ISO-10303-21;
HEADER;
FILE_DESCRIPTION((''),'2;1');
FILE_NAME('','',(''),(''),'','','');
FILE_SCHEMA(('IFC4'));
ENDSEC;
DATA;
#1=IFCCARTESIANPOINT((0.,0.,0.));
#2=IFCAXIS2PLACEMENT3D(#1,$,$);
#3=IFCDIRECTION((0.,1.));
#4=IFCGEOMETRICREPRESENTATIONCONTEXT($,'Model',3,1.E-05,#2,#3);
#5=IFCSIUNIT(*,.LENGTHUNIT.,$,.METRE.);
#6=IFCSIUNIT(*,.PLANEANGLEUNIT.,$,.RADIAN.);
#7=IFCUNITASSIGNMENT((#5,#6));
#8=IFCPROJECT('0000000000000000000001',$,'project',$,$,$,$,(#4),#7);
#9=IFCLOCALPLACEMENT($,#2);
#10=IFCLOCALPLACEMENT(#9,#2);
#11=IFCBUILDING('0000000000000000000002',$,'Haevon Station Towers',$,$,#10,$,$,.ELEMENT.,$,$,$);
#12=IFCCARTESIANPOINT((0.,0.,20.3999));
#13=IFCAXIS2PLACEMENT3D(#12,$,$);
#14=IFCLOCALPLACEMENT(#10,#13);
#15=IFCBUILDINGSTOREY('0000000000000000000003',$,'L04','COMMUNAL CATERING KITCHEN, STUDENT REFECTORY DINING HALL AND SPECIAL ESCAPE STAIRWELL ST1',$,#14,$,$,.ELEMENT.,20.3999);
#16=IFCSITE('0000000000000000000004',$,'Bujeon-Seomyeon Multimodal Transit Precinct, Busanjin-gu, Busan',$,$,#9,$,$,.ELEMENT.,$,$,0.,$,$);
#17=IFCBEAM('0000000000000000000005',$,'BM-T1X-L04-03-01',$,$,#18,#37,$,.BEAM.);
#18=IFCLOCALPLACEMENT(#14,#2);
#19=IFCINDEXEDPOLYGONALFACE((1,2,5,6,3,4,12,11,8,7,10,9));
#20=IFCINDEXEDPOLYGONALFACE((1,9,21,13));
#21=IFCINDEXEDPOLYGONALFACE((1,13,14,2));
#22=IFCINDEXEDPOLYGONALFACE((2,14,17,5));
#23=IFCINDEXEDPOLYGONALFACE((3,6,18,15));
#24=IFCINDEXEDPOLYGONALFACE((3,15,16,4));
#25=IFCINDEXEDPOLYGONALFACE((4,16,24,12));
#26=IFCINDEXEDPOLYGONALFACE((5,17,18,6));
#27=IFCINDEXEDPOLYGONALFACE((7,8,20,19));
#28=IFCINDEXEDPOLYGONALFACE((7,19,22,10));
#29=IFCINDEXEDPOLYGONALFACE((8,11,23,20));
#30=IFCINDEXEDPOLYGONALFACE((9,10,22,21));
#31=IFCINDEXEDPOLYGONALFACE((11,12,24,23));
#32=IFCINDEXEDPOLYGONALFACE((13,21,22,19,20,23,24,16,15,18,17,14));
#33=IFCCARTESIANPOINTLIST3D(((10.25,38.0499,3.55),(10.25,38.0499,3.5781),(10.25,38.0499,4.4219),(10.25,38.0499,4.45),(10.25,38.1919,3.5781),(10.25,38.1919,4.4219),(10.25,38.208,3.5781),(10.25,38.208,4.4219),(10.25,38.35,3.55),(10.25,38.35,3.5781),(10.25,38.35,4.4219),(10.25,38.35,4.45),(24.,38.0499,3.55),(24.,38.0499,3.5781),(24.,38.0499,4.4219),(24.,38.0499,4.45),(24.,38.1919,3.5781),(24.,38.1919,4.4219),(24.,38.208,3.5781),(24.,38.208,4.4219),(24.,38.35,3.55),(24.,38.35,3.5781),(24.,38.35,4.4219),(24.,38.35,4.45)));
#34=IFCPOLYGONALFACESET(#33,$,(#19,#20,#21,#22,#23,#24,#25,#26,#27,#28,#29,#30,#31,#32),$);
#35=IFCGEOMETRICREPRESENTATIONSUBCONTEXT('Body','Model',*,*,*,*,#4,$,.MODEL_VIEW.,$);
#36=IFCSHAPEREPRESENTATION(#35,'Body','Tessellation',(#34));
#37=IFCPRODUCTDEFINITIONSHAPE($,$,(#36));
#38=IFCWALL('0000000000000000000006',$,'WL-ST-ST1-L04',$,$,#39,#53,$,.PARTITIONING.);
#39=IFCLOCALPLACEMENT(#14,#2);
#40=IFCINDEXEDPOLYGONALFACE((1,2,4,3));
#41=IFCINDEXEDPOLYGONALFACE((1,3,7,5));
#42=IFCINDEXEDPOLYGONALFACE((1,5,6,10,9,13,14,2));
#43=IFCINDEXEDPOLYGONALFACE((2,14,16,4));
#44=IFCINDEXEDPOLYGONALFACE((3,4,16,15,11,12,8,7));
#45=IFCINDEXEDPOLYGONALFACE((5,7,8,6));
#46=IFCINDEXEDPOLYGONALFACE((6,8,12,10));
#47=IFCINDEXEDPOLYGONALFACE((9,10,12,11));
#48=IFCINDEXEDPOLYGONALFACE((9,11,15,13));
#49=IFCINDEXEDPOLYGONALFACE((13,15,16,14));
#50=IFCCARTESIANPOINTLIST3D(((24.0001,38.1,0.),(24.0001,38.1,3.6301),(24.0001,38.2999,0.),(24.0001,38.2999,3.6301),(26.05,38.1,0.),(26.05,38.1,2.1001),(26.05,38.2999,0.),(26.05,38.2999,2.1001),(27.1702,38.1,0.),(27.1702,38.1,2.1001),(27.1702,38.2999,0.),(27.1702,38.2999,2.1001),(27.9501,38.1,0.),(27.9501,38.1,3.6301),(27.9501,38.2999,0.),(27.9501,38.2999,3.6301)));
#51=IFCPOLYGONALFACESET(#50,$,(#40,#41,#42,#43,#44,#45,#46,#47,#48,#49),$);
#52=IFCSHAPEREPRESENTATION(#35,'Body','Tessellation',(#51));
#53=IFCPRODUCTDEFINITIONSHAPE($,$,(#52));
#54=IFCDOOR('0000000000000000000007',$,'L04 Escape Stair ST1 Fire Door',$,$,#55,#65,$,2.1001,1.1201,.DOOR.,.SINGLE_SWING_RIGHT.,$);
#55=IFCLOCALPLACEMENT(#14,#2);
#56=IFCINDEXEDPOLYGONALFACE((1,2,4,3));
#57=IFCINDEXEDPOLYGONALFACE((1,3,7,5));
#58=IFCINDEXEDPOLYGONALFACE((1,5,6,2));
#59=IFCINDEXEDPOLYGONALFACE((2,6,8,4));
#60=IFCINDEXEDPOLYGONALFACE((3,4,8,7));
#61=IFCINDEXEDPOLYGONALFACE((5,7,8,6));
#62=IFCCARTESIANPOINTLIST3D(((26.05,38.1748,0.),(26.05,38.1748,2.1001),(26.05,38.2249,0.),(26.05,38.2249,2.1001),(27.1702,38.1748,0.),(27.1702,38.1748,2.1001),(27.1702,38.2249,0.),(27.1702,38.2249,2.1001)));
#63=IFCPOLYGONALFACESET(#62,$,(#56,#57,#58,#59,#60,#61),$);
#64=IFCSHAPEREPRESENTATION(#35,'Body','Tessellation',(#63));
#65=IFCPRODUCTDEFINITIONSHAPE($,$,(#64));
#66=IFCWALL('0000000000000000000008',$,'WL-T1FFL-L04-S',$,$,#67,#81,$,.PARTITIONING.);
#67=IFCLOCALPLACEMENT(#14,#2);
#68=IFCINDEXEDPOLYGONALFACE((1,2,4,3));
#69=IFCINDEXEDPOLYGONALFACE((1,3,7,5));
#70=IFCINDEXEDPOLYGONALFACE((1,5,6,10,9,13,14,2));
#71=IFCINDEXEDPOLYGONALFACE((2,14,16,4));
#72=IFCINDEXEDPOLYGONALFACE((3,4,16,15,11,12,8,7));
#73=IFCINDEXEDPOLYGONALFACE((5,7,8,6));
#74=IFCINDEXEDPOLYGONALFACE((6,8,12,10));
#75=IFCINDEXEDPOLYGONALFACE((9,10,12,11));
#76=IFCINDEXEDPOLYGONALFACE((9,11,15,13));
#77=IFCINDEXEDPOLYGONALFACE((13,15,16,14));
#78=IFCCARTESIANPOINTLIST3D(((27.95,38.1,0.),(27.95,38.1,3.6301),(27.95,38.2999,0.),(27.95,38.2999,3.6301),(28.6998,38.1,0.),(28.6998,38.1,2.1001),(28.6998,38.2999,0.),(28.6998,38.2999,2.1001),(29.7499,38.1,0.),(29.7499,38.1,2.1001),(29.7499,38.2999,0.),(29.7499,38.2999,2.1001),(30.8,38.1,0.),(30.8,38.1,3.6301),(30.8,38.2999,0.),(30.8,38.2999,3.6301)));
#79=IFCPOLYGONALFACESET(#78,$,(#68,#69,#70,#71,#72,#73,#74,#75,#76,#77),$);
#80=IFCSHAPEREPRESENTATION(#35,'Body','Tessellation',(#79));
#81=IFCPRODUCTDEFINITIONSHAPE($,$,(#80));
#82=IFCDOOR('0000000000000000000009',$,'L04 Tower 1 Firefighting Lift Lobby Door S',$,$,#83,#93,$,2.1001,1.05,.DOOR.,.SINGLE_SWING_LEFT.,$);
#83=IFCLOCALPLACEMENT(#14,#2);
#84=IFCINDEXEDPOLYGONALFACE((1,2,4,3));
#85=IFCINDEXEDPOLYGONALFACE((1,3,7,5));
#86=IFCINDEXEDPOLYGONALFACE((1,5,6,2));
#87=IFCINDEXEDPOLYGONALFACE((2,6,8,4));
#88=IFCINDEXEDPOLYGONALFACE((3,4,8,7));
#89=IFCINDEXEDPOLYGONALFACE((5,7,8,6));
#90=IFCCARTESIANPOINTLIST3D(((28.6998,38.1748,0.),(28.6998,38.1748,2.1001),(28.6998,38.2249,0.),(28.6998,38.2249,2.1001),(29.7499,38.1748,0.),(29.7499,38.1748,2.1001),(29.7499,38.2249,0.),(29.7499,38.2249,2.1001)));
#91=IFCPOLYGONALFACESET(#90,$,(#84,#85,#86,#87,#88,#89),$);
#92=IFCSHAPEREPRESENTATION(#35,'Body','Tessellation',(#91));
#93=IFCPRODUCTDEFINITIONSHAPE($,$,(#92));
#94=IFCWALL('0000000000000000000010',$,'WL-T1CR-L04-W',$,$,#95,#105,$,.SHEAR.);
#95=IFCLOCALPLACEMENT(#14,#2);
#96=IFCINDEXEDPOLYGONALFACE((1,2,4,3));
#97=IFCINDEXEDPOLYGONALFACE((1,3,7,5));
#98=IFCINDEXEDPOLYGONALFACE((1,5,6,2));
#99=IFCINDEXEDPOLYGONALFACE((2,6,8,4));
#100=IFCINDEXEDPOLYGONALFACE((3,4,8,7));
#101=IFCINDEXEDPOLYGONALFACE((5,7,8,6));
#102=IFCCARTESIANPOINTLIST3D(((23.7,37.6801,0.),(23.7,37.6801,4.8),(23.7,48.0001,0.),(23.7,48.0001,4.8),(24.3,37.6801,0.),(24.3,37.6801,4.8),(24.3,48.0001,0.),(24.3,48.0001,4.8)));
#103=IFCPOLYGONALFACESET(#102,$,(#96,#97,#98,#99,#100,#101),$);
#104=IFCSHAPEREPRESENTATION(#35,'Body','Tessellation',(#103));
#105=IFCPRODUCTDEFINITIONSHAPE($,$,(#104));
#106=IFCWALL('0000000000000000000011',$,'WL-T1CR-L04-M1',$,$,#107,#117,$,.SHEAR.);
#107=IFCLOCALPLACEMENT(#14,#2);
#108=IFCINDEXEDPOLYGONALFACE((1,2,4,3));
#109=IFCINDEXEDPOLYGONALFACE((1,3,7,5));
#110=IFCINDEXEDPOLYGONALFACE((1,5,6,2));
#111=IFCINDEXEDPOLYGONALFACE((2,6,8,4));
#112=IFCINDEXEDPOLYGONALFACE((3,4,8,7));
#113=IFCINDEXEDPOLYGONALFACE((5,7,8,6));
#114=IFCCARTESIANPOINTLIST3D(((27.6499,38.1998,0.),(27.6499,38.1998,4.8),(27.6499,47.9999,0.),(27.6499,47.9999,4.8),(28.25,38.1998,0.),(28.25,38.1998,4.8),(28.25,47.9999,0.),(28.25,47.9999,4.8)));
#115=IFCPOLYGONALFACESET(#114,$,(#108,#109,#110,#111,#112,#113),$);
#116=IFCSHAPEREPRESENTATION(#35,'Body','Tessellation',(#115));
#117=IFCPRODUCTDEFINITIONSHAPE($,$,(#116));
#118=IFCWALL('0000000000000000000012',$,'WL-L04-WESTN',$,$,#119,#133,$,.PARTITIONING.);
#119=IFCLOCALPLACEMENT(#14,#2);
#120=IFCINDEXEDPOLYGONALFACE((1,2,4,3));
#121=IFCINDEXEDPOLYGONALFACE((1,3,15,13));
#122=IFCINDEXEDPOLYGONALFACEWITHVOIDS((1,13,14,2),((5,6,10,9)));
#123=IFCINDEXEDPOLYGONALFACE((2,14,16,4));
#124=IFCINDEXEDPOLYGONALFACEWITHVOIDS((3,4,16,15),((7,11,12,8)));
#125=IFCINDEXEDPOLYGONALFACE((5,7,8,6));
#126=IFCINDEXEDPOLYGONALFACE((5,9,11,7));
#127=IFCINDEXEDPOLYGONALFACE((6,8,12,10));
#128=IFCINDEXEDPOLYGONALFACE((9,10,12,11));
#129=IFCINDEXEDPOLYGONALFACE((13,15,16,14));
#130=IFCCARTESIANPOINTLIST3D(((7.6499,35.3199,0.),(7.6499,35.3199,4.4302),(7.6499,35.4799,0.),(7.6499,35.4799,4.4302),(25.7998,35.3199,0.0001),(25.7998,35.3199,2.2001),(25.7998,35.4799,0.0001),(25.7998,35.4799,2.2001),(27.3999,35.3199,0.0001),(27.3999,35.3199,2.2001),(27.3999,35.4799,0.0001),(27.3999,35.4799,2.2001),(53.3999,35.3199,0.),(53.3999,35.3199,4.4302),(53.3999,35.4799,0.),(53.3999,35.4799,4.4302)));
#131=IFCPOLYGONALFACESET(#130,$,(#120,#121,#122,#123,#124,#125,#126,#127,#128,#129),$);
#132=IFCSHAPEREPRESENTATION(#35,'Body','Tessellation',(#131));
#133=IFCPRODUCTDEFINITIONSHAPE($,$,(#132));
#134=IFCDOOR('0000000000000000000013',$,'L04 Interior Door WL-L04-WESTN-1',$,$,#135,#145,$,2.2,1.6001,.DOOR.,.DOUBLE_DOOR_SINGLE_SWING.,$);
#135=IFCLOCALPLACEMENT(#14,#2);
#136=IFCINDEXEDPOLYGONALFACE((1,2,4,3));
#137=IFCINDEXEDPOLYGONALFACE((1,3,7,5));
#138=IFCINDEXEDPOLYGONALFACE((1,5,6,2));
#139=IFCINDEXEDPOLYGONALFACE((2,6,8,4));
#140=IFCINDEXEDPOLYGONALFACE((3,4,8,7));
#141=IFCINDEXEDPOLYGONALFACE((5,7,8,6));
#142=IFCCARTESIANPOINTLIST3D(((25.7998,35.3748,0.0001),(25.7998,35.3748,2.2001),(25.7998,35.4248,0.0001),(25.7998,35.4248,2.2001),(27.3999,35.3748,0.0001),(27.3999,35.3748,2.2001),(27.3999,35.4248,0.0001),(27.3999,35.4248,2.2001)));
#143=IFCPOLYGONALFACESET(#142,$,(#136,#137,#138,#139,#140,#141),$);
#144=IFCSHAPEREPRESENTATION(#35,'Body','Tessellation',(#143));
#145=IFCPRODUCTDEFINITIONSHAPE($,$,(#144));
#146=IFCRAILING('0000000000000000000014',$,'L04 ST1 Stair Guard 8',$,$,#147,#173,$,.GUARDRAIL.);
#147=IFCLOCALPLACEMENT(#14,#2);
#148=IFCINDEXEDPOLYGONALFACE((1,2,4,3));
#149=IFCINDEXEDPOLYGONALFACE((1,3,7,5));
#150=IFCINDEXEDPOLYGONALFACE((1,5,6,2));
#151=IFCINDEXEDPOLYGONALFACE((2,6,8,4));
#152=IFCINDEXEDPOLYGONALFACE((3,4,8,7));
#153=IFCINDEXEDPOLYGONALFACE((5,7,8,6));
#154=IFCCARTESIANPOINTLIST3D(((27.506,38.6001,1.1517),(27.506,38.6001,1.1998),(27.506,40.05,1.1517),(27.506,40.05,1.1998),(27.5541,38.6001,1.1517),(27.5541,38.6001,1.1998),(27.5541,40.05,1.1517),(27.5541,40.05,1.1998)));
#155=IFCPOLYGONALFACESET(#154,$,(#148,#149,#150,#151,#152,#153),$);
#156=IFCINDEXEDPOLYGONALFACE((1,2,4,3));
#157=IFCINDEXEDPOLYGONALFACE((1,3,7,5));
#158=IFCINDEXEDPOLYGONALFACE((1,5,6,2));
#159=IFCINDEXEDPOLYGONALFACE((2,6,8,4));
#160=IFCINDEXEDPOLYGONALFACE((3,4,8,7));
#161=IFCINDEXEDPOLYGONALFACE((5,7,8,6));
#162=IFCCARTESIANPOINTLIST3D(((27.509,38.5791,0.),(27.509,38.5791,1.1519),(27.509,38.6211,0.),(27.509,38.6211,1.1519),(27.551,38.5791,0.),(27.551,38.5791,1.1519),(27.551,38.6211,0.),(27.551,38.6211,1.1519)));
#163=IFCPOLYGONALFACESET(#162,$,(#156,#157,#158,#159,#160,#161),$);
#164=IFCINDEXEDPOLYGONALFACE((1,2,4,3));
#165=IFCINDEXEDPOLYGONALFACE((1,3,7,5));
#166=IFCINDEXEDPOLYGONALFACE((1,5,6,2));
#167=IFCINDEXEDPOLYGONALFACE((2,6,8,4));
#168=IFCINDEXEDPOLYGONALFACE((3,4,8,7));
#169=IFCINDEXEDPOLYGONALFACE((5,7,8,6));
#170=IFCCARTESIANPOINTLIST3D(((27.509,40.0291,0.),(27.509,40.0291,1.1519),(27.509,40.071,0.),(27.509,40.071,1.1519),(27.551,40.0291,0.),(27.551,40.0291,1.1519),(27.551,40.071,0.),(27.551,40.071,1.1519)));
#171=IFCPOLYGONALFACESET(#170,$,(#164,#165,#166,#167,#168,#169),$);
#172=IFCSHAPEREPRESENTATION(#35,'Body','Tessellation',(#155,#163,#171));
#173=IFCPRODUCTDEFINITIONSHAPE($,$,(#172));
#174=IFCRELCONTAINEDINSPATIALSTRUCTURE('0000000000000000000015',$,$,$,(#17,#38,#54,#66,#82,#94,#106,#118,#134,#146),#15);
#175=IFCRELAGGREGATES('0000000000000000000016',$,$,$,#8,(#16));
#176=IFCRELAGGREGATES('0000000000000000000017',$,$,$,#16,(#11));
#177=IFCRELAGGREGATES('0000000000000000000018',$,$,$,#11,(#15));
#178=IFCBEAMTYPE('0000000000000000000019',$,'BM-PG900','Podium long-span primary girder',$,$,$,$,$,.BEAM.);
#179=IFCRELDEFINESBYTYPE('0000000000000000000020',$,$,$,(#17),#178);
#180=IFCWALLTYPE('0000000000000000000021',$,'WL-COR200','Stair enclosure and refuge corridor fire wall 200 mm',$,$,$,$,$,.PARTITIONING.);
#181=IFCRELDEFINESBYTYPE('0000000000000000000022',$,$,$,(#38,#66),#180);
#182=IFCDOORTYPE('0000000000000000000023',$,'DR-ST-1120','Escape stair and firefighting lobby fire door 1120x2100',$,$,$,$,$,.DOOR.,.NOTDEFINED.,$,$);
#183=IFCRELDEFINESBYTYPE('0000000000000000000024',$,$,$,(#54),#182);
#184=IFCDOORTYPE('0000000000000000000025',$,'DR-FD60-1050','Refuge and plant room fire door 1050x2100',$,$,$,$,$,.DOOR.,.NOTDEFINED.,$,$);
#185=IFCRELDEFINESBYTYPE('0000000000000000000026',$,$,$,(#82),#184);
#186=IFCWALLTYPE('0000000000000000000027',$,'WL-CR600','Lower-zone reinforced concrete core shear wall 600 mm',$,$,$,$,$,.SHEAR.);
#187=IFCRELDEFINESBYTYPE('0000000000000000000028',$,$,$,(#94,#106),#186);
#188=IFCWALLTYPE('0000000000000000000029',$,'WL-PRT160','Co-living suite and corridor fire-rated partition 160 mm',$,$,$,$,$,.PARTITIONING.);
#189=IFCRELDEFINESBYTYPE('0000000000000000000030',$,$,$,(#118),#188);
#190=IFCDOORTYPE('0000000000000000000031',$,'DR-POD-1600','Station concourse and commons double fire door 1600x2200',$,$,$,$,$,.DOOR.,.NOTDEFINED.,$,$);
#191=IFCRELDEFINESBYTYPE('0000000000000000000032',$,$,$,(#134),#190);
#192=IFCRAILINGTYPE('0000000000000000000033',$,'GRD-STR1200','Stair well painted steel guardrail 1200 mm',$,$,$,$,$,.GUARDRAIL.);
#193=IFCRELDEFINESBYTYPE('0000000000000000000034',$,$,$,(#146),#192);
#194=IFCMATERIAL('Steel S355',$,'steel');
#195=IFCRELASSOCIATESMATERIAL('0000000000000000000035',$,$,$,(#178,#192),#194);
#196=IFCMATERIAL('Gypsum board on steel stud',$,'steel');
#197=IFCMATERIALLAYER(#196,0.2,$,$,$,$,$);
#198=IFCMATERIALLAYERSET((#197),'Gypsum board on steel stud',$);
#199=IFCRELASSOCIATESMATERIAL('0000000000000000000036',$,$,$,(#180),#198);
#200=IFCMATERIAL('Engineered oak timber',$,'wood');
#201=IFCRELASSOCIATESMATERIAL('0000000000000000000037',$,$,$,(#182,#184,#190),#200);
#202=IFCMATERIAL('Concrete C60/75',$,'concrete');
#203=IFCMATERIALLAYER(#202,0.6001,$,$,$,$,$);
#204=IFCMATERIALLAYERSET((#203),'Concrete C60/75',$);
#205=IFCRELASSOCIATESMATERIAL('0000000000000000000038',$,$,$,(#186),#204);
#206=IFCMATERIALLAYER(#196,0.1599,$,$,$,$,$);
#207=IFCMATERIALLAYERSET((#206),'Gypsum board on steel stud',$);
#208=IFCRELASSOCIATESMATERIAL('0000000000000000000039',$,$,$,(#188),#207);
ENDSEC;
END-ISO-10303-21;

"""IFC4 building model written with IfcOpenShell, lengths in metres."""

from ifc_helpers import new_model, si_unit, direction, frame, frame_2d, origin, origin_2d, place, context, subcontext, project, spatial, rectangle, i_section, extrude, material, layer, layer_set, material_profile, profile_set, type_object, element, fill, save


model = new_model("IFC4")

# Units and contexts
model_context = context("Model", 3, precision=1e-05, world=origin(), true_north=direction((0.0, 1.0)))
body_context = subcontext(model_context, "Body", "Model", "MODEL_VIEW")
ifc_project = project(units=[si_unit("LENGTHUNIT", "METRE"), si_unit("PLANEANGLEUNIT", "RADIAN")], contexts=[model_context])

# Site, building, storey
site_placement = place(None, origin())
site = spatial("IfcSite", under=ifc_project, at=site_placement, Name="Bujeon-Seomyeon Multimodal Transit Precinct, Busanjin-gu, Busan", CompositionType="ELEMENT", RefElevation=0.0)
building_placement = place(site_placement, origin())
building = spatial("IfcBuilding", under=site, at=building_placement, Name="Haevon Station Towers", CompositionType="ELEMENT")
storey_placement = place(building_placement, frame((0.0, 0.0, 20.3999)))
storey = spatial("IfcBuildingStorey", under=building, at=storey_placement, Name="L04", Description="COMMUNAL CATERING KITCHEN, STUDENT REFECTORY DINING HALL AND SPECIAL ESCAPE STAIRWELL ST1", CompositionType="ELEMENT", Elevation=20.3999)

# Beam
ifc_material_1 = material(Name="Steel S355", Category="steel")
ifc_material_profile_1 = material_profile(ifc_material_1, i_section(OverallWidth=0.3, OverallDepth=0.8999, WebThickness=0.0161, FlangeThickness=0.0281, at=origin_2d()), Name="H-900x300x16x28")
ifc_profile_set_1 = profile_set([ifc_material_profile_1], Name="Steel S355")
beam_type_1 = type_object("IfcBeamType", Name="BM-PG900", Description="Podium long-span primary girder", PredefinedType="BEAM", material=ifc_profile_set_1)
for number, where, z_axis, x_axis, name in (
    (1, (10.25, 38.2, 4.0), (1.0, 0.0, 0.0), (0.0, 1.0, 0.0), "BM-T1X-L04-03-01"),
):
    element("IfcBeam", number, at=place(storey_placement, frame(where, z_axis=z_axis, x_axis=x_axis)), inside=storey, type_object=beam_type_1, Name=name, PredefinedType="BEAM", context=body_context, shape_type="SweptSolid", body=[
        extrude(i_section(OverallWidth=0.3, OverallDepth=0.8999, WebThickness=0.0161, FlangeThickness=0.0281, at=origin_2d()), origin(), (0.0, 0.0, 1.0), 13.75),
    ])

# Walls, openings, doors
ifc_material_2 = material(Name="Gypsum board on steel stud", Category="steel")
ifc_layer_1 = layer(ifc_material_2, 0.2)
ifc_layer_set_1 = layer_set([ifc_layer_1], Name="Gypsum board on steel stud")
wall_type_1 = type_object("IfcWallType", Name="WL-COR200", Description="Stair enclosure and refuge corridor fire wall 200 mm", PredefinedType="PARTITIONING", material=ifc_layer_set_1)
wall_1_placement = place(storey_placement, frame((24.0, 38.2, 0.0), z_axis=(0.0, 0.0, 1.0), x_axis=(1.0, 0.0, 0.0)))
wall_1 = element("IfcWall", 2, at=wall_1_placement, inside=storey, type_object=wall_type_1, Name="WL-ST-ST1-L04", PredefinedType="PARTITIONING", context=body_context, shape_type="SweptSolid", body=[
    extrude(rectangle(XDim=3.95, YDim=0.2, at=frame_2d((1.9751, 0.0))), origin(), (0.0, 0.0, 1.0), 3.6301),
])
opening_1_placement = place(wall_1_placement, frame((2.05, 0.0, 0.0)))
opening_1 = element("IfcOpeningElement", 3, at=opening_1_placement, cuts=wall_1, PredefinedType="OPENING", context=body_context, shape_type="SweptSolid", body=[
    extrude(rectangle(XDim=1.1201, YDim=2.1001, at=frame_2d((0.5601, 1.05))), frame((0.0, 0.1099, 0.0), z_axis=(0.0, -1.0, 0.0), x_axis=(1.0, 0.0, 0.0)), (0.0, 0.0, 1.0), 0.22),
])
ifc_material_3 = material(Name="Engineered oak timber", Category="wood")
door_type_1 = type_object("IfcDoorType", Name="DR-ST-1120", Description="Escape stair and firefighting lobby fire door 1120x2100", OperationType="NOTDEFINED", PredefinedType="DOOR", material=ifc_material_3)
door_1_placement = place(opening_1_placement, origin())
door_1 = element("IfcDoor", 4, at=door_1_placement, inside=storey, type_object=door_type_1, Name="L04 Escape Stair ST1 Fire Door", OperationType="SINGLE_SWING_RIGHT", OverallHeight=2.1001, OverallWidth=1.1201, PredefinedType="DOOR", context=body_context, shape_type="SweptSolid", body=[
    extrude(rectangle(XDim=1.1201, YDim=2.1001, at=frame_2d((0.5601, 1.05))), frame((0.0, 0.0249, 0.0), z_axis=(0.0, -1.0, 0.0), x_axis=(1.0, 0.0, 0.0)), (0.0, 0.0, 1.0), 0.05),
])
fill(opening_1, door_1)
wall_2_placement = place(storey_placement, frame((27.95, 38.2, 0.0), z_axis=(0.0, 0.0, 1.0), x_axis=(1.0, 0.0, 0.0)))
wall_2 = element("IfcWall", 5, at=wall_2_placement, inside=storey, type_object=wall_type_1, Name="WL-T1FFL-L04-S", PredefinedType="PARTITIONING", context=body_context, shape_type="SweptSolid", body=[
    extrude(rectangle(XDim=2.8501, YDim=0.2, at=frame_2d((1.425, 0.0))), origin(), (0.0, 0.0, 1.0), 3.6301),
])
opening_2_placement = place(wall_2_placement, frame((0.75, 0.0, 0.0)))
opening_2 = element("IfcOpeningElement", 6, at=opening_2_placement, cuts=wall_2, PredefinedType="OPENING", context=body_context, shape_type="SweptSolid", body=[
    extrude(rectangle(XDim=1.05, YDim=2.1001, at=frame_2d((0.5249, 1.05))), frame((0.0, 0.1099, 0.0), z_axis=(0.0, -1.0, 0.0), x_axis=(1.0, 0.0, 0.0)), (0.0, 0.0, 1.0), 0.22),
])
door_type_2 = type_object("IfcDoorType", Name="DR-FD60-1050", Description="Refuge and plant room fire door 1050x2100", OperationType="NOTDEFINED", PredefinedType="DOOR", material=ifc_material_3)
door_2_placement = place(opening_2_placement, origin())
door_2 = element("IfcDoor", 7, at=door_2_placement, inside=storey, type_object=door_type_2, Name="L04 Tower 1 Firefighting Lift Lobby Door S", OperationType="SINGLE_SWING_LEFT", OverallHeight=2.1001, OverallWidth=1.05, PredefinedType="DOOR", context=body_context, shape_type="SweptSolid", body=[
    extrude(rectangle(XDim=1.05, YDim=2.1001, at=frame_2d((0.5249, 1.05))), frame((0.0, 0.0249, 0.0), z_axis=(0.0, -1.0, 0.0), x_axis=(1.0, 0.0, 0.0)), (0.0, 0.0, 1.0), 0.05),
])
fill(opening_2, door_2)

# Walls
ifc_material_4 = material(Name="Concrete C60/75", Category="concrete")
ifc_layer_2 = layer(ifc_material_4, 0.6001)
ifc_layer_set_2 = layer_set([ifc_layer_2], Name="Concrete C60/75")
wall_type_2 = type_object("IfcWallType", Name="WL-CR600", Description="Lower-zone reinforced concrete core shear wall 600 mm", PredefinedType="SHEAR", material=ifc_layer_set_2)
wall_3_placement = place(storey_placement, frame((24.0, 37.6799, 0.0), z_axis=(0.0, 0.0, 1.0), x_axis=(0.0, 1.0, 0.0)))
element("IfcWall", 8, at=wall_3_placement, inside=storey, type_object=wall_type_2, Name="WL-T1CR-L04-W", PredefinedType="SHEAR", context=body_context, shape_type="SweptSolid", body=[
    extrude(rectangle(XDim=10.3201, YDim=0.6001, at=frame_2d((5.1602, 0.0))), origin(), (0.0, 0.0, 1.0), 4.8),
])
wall_4_placement = place(storey_placement, frame((27.95, 38.2, 0.0), z_axis=(0.0, 0.0, 1.0), x_axis=(0.0, 1.0, 0.0)))
element("IfcWall", 9, at=wall_4_placement, inside=storey, type_object=wall_type_2, Name="WL-T1CR-L04-M1", PredefinedType="SHEAR", context=body_context, shape_type="SweptSolid", body=[
    extrude(rectangle(XDim=9.8, YDim=0.6001, at=frame_2d((4.8999, 0.0))), origin(), (0.0, 0.0, 1.0), 4.8),
])

# Wall, opening, door
ifc_layer_3 = layer(ifc_material_2, 0.1599)
ifc_layer_set_3 = layer_set([ifc_layer_3], Name="Gypsum board on steel stud")
wall_type_3 = type_object("IfcWallType", Name="WL-PRT160", Description="Co-living suite and corridor fire-rated partition 160 mm", PredefinedType="PARTITIONING", material=ifc_layer_set_3)
wall_5_placement = place(storey_placement, frame((7.6499, 35.3999, 0.0), z_axis=(0.0, 0.0, 1.0), x_axis=(1.0, 0.0, 0.0)))
wall_5 = element("IfcWall", 10, at=wall_5_placement, inside=storey, type_object=wall_type_3, Name="WL-L04-WESTN", PredefinedType="PARTITIONING", context=body_context, shape_type="SweptSolid", body=[
    extrude(rectangle(XDim=45.75, YDim=0.1599, at=frame_2d((22.875, 0.0))), origin(), (0.0, 0.0, 1.0), 4.4302),
])
opening_3_placement = place(wall_5_placement, frame((18.1499, 0.0, 0.0)))
opening_3 = element("IfcOpeningElement", 11, at=opening_3_placement, cuts=wall_5, PredefinedType="OPENING", context=body_context, shape_type="SweptSolid", body=[
    extrude(rectangle(XDim=1.6001, YDim=2.2, at=frame_2d((0.8, 1.1001))), frame((0.0, 0.0898, 0.0), z_axis=(0.0, -1.0, 0.0), x_axis=(1.0, 0.0, 0.0)), (0.0, 0.0, 1.0), 0.1799),
])
door_type_3 = type_object("IfcDoorType", Name="DR-POD-1600", Description="Station concourse and commons double fire door 1600x2200", OperationType="NOTDEFINED", PredefinedType="DOOR", material=ifc_material_3)
door_3_placement = place(opening_3_placement, origin())
door_3 = element("IfcDoor", 12, at=door_3_placement, inside=storey, type_object=door_type_3, Name="L04 Interior Door WL-L04-WESTN-1", OperationType="DOUBLE_DOOR_SINGLE_SWING", OverallHeight=2.2, OverallWidth=1.6001, PredefinedType="DOOR", context=body_context, shape_type="SweptSolid", body=[
    extrude(rectangle(XDim=1.6001, YDim=2.2, at=frame_2d((0.8, 1.1001))), frame((0.0, 0.0249, 0.0), z_axis=(0.0, -1.0, 0.0), x_axis=(1.0, 0.0, 0.0)), (0.0, 0.0, 1.0), 0.05),
])
fill(opening_3, door_3)

# Railing
railing_type = type_object("IfcRailingType", Name="GRD-STR1200", Description="Stair well painted steel guardrail 1200 mm", PredefinedType="GUARDRAIL", material=ifc_material_1)
for number, where, name in (
    (13, (27.53, 38.6001, 0.0), "L04 ST1 Stair Guard 8"),
):
    element("IfcRailing", number, at=place(storey_placement, frame(where)), inside=storey, type_object=railing_type, Name=name, PredefinedType="GUARDRAIL", context=body_context, shape_type="SweptSolid", body=[
        extrude(rectangle(XDim=0.0481, YDim=0.0481, at=origin_2d()), frame((0.0, 0.0, 1.1758), z_axis=(0.0, 1.0, 0.0), x_axis=(-1.0, 0.0, 0.0)), (0.0, 0.0, 1.0), 1.45),
        extrude(rectangle(XDim=0.042, YDim=0.042, at=origin_2d()), origin(), (0.0, 0.0, 1.0), 1.1519),
        extrude(rectangle(XDim=0.042, YDim=0.042, at=origin_2d()), frame((0.0, 1.45, 0.0)), (0.0, 0.0, 1.0), 1.1519),
    ])

save(model, "model.ifc")
